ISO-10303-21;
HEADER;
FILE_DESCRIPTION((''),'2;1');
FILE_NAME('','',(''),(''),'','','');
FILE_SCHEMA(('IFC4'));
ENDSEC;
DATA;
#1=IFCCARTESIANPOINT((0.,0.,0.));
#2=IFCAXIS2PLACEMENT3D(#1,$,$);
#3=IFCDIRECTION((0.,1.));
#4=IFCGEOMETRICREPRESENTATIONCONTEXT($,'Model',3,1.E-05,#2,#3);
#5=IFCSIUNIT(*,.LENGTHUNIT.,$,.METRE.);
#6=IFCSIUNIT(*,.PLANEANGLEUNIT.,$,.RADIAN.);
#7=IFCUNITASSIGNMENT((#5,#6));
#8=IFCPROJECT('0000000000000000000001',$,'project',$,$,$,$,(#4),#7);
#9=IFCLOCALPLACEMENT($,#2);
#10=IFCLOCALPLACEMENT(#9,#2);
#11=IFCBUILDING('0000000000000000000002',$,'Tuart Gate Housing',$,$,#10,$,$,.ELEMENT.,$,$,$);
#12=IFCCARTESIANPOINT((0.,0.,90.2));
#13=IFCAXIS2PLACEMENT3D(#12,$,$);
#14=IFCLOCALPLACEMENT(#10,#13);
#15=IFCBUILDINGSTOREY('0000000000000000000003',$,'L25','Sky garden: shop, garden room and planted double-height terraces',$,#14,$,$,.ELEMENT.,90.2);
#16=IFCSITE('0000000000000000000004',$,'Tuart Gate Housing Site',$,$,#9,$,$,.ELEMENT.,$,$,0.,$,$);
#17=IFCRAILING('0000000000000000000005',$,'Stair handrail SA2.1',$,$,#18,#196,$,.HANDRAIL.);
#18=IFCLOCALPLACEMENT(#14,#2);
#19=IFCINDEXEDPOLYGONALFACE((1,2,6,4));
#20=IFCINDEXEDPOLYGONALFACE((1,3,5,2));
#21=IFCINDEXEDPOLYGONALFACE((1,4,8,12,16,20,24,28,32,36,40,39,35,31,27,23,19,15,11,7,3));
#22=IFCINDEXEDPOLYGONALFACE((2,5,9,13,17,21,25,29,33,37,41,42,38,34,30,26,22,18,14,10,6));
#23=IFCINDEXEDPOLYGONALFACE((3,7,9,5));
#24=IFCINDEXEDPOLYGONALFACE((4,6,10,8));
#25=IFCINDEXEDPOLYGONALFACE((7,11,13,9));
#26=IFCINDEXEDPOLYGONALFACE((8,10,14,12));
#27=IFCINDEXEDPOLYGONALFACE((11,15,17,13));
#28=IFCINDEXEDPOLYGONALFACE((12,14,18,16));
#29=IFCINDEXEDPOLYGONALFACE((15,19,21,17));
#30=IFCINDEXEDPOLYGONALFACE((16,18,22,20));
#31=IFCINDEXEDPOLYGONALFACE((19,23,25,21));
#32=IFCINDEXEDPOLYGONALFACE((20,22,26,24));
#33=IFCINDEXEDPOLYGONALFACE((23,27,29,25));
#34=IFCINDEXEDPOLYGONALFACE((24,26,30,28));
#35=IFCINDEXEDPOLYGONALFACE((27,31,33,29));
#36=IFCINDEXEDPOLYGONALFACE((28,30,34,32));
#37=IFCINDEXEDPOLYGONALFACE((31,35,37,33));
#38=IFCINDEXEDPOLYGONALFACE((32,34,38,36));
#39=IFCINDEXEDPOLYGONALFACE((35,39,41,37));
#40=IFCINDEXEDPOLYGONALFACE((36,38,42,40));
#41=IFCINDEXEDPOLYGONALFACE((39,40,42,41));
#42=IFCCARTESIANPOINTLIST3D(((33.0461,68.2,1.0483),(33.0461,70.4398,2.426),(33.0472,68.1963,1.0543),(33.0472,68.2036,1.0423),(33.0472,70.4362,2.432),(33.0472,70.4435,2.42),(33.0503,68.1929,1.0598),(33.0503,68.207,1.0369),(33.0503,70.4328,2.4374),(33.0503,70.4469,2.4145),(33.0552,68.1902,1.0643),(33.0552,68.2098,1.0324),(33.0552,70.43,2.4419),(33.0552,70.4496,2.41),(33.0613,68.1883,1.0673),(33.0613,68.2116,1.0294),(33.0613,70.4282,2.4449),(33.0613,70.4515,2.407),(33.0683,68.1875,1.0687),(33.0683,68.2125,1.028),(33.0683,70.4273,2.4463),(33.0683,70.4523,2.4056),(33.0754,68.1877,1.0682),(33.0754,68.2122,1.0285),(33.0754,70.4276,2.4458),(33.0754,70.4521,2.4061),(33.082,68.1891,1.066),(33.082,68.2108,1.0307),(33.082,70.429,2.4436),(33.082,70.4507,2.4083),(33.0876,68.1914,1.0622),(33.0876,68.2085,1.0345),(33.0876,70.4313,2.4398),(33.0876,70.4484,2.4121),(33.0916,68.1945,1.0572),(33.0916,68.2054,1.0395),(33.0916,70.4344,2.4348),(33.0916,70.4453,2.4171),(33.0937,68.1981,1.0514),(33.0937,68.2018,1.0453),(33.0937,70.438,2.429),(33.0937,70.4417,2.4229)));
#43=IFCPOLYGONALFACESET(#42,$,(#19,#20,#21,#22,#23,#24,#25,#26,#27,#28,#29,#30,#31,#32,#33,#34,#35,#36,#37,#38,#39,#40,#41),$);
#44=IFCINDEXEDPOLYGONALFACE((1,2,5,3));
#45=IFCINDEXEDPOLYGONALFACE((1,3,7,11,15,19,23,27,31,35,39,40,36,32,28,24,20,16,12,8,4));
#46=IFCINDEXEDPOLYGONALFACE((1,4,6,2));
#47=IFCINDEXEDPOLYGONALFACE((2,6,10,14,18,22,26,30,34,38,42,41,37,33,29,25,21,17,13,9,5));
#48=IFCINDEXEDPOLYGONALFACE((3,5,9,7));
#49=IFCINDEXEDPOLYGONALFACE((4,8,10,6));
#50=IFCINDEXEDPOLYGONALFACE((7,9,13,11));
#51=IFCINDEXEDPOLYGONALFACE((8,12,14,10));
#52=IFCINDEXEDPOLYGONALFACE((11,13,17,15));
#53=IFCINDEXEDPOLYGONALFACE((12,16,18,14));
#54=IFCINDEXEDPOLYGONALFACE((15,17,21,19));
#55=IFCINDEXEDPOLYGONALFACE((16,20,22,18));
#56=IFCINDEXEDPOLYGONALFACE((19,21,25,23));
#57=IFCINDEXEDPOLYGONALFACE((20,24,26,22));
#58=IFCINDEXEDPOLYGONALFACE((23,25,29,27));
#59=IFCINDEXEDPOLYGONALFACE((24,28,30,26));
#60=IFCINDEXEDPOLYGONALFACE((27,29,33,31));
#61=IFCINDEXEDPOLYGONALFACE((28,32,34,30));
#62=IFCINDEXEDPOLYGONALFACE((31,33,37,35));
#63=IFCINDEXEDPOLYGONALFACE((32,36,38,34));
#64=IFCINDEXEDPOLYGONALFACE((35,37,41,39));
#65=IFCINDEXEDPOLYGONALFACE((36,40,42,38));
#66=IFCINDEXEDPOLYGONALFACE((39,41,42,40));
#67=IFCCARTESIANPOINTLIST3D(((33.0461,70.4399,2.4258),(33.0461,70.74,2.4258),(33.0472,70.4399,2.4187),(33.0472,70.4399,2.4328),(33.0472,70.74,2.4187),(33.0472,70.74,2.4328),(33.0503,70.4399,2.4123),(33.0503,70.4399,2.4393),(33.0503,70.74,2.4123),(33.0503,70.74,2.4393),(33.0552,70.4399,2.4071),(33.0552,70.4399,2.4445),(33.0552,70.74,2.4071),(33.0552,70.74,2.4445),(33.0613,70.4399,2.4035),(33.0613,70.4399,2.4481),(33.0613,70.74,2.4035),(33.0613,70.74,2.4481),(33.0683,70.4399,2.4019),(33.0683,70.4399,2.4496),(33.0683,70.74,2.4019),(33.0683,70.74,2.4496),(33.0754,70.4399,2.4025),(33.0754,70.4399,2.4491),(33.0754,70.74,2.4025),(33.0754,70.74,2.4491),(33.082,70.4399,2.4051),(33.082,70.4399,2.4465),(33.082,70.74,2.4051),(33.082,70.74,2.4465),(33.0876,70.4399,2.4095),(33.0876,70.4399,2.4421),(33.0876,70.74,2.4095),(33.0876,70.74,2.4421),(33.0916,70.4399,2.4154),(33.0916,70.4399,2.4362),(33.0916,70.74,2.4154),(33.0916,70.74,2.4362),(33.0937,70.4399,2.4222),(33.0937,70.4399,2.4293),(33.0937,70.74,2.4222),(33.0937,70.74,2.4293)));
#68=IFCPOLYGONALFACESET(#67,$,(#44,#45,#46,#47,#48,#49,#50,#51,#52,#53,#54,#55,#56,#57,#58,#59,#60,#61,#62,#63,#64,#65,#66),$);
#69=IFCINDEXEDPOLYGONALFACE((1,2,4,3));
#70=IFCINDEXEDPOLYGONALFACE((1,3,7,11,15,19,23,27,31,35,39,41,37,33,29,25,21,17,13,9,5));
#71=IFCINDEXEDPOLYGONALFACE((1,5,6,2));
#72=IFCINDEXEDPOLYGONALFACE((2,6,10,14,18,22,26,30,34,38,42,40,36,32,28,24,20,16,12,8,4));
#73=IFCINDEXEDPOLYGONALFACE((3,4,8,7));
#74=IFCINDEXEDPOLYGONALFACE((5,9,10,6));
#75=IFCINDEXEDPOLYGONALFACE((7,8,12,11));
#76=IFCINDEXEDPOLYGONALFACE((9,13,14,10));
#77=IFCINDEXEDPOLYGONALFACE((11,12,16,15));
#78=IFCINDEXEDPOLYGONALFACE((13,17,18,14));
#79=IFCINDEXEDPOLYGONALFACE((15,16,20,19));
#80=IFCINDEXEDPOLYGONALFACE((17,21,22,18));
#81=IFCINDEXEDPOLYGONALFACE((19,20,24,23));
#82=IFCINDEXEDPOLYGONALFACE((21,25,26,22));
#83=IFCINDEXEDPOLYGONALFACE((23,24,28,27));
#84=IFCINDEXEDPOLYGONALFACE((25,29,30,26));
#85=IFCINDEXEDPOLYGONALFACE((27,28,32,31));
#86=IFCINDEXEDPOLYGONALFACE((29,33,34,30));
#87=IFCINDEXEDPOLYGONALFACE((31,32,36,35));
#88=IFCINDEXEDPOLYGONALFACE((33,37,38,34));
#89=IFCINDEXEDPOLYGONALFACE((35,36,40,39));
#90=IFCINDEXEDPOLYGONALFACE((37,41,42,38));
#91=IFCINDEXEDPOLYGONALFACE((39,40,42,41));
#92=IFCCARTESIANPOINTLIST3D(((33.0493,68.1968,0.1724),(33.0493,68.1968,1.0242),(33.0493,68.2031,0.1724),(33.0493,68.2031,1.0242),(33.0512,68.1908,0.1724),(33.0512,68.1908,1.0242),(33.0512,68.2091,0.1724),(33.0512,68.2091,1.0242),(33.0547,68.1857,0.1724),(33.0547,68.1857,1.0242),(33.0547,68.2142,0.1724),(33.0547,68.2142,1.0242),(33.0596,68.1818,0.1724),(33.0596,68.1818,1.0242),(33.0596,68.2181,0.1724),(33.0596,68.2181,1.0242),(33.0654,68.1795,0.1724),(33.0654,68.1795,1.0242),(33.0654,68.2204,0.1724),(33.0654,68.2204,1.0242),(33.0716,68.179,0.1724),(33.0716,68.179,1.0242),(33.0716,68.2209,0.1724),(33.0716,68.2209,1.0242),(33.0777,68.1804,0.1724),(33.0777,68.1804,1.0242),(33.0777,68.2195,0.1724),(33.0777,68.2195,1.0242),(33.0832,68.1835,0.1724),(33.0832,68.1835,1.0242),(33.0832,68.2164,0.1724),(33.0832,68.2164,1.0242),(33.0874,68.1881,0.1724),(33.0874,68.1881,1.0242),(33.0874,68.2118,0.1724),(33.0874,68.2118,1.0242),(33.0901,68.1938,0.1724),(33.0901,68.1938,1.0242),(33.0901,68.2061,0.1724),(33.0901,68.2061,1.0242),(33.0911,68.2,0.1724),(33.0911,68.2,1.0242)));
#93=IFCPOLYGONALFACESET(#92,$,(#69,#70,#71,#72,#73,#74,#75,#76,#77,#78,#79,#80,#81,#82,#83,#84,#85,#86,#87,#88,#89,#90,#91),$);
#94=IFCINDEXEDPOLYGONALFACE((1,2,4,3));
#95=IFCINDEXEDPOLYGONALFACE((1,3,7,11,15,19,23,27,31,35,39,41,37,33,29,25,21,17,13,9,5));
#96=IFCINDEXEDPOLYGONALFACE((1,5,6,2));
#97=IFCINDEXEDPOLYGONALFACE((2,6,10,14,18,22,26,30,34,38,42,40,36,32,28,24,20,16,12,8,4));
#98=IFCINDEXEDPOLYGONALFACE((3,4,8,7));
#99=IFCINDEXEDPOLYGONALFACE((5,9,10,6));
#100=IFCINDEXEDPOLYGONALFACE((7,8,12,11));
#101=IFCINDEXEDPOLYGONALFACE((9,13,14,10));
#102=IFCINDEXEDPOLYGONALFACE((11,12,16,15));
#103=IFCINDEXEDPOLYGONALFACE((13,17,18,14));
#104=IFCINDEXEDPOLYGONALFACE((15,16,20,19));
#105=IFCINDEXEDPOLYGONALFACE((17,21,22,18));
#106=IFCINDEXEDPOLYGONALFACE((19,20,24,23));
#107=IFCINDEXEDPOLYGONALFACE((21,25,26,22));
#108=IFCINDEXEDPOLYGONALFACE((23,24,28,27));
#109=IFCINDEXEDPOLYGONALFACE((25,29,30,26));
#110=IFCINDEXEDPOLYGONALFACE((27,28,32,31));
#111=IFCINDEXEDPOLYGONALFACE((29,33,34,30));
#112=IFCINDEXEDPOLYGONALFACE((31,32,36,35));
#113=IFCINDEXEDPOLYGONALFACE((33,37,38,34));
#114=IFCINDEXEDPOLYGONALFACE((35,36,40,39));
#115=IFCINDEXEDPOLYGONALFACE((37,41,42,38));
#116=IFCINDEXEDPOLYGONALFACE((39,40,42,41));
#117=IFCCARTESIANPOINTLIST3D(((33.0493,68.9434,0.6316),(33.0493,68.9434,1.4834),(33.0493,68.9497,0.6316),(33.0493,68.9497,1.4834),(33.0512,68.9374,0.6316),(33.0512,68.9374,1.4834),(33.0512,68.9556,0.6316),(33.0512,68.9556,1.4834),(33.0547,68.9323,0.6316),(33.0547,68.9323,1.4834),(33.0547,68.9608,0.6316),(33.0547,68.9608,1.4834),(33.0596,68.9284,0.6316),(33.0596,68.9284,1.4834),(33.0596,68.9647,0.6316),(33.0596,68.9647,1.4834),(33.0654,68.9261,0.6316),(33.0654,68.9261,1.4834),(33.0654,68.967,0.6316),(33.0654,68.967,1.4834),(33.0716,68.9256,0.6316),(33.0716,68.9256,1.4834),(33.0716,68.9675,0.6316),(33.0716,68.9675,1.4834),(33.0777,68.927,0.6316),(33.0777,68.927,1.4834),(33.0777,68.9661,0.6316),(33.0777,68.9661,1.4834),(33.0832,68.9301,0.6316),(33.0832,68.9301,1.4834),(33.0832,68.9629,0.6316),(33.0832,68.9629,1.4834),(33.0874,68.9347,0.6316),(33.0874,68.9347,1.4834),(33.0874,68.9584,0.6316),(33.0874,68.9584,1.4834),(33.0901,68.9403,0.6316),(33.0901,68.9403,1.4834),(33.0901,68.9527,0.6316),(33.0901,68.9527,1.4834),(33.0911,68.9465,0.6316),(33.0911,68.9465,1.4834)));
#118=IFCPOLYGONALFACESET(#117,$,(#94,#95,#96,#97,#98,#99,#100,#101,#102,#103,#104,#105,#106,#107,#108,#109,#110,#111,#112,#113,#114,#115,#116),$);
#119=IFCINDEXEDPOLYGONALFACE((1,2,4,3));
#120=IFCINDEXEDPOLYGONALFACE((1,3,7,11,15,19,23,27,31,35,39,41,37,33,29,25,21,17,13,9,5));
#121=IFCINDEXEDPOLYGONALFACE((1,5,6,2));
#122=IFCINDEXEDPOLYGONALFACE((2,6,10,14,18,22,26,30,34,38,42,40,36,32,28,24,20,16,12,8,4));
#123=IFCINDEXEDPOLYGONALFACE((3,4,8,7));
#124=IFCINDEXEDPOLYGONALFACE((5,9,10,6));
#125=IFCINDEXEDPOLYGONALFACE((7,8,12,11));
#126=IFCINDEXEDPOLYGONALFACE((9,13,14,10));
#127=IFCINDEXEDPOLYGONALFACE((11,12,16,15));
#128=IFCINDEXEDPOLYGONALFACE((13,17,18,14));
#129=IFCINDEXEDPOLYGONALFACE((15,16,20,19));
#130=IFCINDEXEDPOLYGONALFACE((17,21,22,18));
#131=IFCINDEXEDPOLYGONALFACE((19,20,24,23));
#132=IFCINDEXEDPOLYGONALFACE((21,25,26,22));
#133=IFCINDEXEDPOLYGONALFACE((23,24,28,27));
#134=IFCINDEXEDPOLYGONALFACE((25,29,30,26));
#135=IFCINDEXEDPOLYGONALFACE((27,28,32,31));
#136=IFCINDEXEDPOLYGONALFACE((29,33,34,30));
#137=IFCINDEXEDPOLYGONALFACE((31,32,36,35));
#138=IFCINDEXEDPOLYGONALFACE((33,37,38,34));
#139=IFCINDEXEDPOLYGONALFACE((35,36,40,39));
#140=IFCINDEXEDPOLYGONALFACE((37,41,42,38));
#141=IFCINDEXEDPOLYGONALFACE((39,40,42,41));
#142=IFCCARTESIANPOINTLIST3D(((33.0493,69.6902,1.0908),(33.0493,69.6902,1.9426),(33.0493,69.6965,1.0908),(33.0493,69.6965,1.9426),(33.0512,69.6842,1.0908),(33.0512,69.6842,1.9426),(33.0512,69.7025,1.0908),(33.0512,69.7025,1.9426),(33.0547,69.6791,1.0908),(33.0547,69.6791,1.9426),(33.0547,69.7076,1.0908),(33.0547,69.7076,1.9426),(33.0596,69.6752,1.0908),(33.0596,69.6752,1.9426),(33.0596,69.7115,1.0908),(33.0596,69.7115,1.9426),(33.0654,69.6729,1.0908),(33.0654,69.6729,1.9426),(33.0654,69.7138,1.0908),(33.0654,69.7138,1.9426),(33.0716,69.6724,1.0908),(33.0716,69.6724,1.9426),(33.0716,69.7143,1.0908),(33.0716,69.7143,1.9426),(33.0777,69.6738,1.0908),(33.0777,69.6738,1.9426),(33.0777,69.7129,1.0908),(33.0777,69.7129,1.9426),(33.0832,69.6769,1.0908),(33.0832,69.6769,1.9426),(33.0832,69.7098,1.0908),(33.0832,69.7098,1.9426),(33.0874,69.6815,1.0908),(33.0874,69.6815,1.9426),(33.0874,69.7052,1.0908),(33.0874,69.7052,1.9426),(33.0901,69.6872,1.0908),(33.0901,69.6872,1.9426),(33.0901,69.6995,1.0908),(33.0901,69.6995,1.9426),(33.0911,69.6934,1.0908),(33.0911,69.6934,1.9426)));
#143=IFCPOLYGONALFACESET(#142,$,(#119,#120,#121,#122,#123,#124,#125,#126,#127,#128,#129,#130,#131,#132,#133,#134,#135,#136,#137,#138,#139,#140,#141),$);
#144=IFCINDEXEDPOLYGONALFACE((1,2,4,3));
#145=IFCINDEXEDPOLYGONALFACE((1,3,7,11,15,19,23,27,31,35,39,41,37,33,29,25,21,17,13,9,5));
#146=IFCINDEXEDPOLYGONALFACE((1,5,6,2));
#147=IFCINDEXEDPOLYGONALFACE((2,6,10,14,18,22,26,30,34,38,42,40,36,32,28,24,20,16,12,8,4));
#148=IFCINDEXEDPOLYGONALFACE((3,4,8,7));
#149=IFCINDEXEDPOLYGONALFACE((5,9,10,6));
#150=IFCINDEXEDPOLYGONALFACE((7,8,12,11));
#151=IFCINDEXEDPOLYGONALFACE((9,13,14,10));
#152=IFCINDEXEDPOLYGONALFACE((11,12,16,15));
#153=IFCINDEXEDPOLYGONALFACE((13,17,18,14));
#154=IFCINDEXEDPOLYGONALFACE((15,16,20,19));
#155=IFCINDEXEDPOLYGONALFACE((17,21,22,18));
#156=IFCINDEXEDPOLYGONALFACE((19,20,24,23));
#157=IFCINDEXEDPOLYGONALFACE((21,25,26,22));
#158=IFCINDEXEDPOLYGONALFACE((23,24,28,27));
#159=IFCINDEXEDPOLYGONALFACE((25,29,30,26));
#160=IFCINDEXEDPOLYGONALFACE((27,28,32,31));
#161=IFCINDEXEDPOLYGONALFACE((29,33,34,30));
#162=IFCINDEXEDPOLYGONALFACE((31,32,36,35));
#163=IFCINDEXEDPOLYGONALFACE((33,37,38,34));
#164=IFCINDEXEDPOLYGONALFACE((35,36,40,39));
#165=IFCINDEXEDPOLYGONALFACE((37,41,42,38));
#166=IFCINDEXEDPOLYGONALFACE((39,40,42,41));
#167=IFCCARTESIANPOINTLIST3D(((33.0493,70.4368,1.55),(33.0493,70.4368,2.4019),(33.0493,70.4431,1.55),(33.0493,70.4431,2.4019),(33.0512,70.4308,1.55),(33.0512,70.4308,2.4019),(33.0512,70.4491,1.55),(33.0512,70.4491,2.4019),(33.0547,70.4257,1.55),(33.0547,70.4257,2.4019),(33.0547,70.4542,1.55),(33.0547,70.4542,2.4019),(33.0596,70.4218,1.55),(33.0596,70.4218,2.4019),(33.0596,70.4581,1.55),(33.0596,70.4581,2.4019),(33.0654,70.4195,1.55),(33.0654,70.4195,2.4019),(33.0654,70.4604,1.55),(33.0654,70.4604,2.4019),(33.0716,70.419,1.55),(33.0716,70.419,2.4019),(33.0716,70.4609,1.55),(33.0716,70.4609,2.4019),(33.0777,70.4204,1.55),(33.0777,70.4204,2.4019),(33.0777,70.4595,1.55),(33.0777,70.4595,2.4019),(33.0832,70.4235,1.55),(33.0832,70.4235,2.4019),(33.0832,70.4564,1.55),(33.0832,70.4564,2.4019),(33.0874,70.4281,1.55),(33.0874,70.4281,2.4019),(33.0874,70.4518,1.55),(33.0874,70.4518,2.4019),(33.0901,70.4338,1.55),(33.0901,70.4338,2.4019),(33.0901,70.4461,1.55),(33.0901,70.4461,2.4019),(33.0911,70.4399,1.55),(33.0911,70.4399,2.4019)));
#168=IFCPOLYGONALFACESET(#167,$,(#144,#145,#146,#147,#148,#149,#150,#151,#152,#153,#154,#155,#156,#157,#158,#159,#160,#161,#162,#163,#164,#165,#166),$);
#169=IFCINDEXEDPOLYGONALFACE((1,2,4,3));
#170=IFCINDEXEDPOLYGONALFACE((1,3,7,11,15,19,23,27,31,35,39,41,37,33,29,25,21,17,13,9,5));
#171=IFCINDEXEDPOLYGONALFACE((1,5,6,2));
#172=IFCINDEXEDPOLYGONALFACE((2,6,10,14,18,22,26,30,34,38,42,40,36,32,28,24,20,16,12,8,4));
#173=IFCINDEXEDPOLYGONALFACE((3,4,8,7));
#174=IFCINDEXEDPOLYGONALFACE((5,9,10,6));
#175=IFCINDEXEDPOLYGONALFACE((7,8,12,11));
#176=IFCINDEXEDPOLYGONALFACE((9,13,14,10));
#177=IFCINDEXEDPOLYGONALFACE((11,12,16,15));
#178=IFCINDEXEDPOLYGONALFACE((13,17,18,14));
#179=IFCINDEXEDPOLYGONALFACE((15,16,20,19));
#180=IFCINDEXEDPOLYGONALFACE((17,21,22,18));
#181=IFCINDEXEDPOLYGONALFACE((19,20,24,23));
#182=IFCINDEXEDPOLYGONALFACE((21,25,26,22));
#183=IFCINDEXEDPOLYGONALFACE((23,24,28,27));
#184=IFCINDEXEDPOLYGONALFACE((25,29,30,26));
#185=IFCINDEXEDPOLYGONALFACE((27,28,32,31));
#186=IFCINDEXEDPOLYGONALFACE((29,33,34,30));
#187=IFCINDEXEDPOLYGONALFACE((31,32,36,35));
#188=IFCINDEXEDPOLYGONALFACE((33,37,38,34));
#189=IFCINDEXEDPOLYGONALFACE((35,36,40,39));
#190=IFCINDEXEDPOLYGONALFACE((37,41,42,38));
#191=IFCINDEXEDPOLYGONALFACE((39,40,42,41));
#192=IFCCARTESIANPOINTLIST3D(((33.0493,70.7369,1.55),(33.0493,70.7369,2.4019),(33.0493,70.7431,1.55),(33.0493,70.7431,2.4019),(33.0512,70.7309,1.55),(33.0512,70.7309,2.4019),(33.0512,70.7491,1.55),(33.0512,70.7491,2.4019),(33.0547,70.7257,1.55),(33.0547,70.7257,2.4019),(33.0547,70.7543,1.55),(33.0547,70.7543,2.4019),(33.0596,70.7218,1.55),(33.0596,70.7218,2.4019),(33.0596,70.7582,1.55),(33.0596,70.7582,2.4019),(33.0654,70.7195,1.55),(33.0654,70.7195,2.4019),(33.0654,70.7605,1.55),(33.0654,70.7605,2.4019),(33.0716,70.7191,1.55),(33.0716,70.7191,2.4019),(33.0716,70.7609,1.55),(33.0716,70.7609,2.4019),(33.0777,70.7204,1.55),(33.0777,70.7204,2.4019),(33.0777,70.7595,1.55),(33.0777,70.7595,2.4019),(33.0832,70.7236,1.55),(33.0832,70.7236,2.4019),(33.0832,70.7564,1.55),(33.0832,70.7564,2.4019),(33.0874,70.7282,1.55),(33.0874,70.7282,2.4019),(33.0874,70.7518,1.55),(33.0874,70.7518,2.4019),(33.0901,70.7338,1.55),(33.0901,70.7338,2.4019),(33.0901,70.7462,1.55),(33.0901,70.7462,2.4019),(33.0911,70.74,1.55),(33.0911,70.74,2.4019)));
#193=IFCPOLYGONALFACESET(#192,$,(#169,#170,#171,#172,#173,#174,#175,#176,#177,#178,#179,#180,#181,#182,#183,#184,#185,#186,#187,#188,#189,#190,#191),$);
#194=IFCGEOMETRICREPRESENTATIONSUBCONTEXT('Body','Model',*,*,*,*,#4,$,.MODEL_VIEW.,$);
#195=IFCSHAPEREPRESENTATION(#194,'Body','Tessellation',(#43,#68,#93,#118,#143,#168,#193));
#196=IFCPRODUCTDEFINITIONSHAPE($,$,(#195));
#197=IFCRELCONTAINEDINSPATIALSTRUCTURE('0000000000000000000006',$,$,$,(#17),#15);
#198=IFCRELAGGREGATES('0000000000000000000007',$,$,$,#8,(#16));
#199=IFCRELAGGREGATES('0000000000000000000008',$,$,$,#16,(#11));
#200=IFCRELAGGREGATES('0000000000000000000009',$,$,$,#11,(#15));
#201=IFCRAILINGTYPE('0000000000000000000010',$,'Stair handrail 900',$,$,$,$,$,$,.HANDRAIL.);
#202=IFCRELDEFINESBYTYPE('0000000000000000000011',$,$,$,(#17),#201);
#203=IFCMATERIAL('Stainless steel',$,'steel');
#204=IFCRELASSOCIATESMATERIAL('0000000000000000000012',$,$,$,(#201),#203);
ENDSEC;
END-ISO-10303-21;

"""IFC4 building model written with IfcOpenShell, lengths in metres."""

from ifc_helpers import new_model, si_unit, direction, frame, origin, origin_2d, place, context, subcontext, project, spatial, circle, extrude, material, type_object, element, save


model = new_model("IFC4")

# Units and contexts
model_context = context("Model", 3, precision=1e-05, world=origin(), true_north=direction((0.0, 1.0)))
body_context = subcontext(model_context, "Body", "Model", "MODEL_VIEW")
ifc_project = project(units=[si_unit("LENGTHUNIT", "METRE"), si_unit("PLANEANGLEUNIT", "RADIAN")], contexts=[model_context])

# Site, building, storey
site_placement = place(None, origin())
site = spatial("IfcSite", under=ifc_project, at=site_placement, Name="Tuart Gate Housing Site", CompositionType="ELEMENT", RefElevation=0.0)
building_placement = place(site_placement, origin())
building = spatial("IfcBuilding", under=site, at=building_placement, Name="Tuart Gate Housing", CompositionType="ELEMENT")
storey_placement = place(building_placement, frame((0.0, 0.0, 90.2)))
storey = spatial("IfcBuildingStorey", under=building, at=storey_placement, Name="L25", Description="Sky garden: shop, garden room and planted double-height terraces", CompositionType="ELEMENT", Elevation=90.2)

# Railing
ifc_material_1 = material(Name="Stainless steel", Category="steel")
railing_type = type_object("IfcRailingType", Name="Stair handrail 900", PredefinedType="HANDRAIL", material=ifc_material_1)
railing_placement = place(storey_placement, frame((33.0701, 68.2, 0.1724)))
element("IfcRailing", 1, at=railing_placement, inside=storey, type_object=railing_type, Name="Stair handrail SA2.1", PredefinedType="HANDRAIL", context=body_context, shape_type="SweptSolid", body=[
    extrude(circle(Radius=0.0239, at=origin_2d()), frame((0.0, 0.0, 0.876), z_axis=(0.0, 0.851789, 0.523885), x_axis=(-1.0, 0.0, 0.0)), (0.0, 0.0, 1.0), 2.6296),
    extrude(circle(Radius=0.0239, at=origin_2d()), frame((0.0, 2.24, 2.2534), z_axis=(0.0, 1.0, 0.0), x_axis=(-1.0, 0.0, 0.0)), (0.0, 0.0, 1.0), 0.3),
    extrude(circle(Radius=0.021, at=origin_2d()), origin(), (0.0, 0.0, 1.0), 0.8518),
    extrude(circle(Radius=0.021, at=origin_2d()), frame((0.0, 0.7466, 0.4592)), (0.0, 0.0, 1.0), 0.8518),
    extrude(circle(Radius=0.021, at=origin_2d()), frame((0.0, 1.4934, 0.9185)), (0.0, 0.0, 1.0), 0.8518),
    extrude(circle(Radius=0.021, at=origin_2d()), frame((0.0, 2.24, 1.3777)), (0.0, 0.0, 1.0), 0.8518),
    extrude(circle(Radius=0.021, at=origin_2d()), frame((0.0, 2.54, 1.3777)), (0.0, 0.0, 1.0), 0.8518),
])

save(model, "model.ifc")
